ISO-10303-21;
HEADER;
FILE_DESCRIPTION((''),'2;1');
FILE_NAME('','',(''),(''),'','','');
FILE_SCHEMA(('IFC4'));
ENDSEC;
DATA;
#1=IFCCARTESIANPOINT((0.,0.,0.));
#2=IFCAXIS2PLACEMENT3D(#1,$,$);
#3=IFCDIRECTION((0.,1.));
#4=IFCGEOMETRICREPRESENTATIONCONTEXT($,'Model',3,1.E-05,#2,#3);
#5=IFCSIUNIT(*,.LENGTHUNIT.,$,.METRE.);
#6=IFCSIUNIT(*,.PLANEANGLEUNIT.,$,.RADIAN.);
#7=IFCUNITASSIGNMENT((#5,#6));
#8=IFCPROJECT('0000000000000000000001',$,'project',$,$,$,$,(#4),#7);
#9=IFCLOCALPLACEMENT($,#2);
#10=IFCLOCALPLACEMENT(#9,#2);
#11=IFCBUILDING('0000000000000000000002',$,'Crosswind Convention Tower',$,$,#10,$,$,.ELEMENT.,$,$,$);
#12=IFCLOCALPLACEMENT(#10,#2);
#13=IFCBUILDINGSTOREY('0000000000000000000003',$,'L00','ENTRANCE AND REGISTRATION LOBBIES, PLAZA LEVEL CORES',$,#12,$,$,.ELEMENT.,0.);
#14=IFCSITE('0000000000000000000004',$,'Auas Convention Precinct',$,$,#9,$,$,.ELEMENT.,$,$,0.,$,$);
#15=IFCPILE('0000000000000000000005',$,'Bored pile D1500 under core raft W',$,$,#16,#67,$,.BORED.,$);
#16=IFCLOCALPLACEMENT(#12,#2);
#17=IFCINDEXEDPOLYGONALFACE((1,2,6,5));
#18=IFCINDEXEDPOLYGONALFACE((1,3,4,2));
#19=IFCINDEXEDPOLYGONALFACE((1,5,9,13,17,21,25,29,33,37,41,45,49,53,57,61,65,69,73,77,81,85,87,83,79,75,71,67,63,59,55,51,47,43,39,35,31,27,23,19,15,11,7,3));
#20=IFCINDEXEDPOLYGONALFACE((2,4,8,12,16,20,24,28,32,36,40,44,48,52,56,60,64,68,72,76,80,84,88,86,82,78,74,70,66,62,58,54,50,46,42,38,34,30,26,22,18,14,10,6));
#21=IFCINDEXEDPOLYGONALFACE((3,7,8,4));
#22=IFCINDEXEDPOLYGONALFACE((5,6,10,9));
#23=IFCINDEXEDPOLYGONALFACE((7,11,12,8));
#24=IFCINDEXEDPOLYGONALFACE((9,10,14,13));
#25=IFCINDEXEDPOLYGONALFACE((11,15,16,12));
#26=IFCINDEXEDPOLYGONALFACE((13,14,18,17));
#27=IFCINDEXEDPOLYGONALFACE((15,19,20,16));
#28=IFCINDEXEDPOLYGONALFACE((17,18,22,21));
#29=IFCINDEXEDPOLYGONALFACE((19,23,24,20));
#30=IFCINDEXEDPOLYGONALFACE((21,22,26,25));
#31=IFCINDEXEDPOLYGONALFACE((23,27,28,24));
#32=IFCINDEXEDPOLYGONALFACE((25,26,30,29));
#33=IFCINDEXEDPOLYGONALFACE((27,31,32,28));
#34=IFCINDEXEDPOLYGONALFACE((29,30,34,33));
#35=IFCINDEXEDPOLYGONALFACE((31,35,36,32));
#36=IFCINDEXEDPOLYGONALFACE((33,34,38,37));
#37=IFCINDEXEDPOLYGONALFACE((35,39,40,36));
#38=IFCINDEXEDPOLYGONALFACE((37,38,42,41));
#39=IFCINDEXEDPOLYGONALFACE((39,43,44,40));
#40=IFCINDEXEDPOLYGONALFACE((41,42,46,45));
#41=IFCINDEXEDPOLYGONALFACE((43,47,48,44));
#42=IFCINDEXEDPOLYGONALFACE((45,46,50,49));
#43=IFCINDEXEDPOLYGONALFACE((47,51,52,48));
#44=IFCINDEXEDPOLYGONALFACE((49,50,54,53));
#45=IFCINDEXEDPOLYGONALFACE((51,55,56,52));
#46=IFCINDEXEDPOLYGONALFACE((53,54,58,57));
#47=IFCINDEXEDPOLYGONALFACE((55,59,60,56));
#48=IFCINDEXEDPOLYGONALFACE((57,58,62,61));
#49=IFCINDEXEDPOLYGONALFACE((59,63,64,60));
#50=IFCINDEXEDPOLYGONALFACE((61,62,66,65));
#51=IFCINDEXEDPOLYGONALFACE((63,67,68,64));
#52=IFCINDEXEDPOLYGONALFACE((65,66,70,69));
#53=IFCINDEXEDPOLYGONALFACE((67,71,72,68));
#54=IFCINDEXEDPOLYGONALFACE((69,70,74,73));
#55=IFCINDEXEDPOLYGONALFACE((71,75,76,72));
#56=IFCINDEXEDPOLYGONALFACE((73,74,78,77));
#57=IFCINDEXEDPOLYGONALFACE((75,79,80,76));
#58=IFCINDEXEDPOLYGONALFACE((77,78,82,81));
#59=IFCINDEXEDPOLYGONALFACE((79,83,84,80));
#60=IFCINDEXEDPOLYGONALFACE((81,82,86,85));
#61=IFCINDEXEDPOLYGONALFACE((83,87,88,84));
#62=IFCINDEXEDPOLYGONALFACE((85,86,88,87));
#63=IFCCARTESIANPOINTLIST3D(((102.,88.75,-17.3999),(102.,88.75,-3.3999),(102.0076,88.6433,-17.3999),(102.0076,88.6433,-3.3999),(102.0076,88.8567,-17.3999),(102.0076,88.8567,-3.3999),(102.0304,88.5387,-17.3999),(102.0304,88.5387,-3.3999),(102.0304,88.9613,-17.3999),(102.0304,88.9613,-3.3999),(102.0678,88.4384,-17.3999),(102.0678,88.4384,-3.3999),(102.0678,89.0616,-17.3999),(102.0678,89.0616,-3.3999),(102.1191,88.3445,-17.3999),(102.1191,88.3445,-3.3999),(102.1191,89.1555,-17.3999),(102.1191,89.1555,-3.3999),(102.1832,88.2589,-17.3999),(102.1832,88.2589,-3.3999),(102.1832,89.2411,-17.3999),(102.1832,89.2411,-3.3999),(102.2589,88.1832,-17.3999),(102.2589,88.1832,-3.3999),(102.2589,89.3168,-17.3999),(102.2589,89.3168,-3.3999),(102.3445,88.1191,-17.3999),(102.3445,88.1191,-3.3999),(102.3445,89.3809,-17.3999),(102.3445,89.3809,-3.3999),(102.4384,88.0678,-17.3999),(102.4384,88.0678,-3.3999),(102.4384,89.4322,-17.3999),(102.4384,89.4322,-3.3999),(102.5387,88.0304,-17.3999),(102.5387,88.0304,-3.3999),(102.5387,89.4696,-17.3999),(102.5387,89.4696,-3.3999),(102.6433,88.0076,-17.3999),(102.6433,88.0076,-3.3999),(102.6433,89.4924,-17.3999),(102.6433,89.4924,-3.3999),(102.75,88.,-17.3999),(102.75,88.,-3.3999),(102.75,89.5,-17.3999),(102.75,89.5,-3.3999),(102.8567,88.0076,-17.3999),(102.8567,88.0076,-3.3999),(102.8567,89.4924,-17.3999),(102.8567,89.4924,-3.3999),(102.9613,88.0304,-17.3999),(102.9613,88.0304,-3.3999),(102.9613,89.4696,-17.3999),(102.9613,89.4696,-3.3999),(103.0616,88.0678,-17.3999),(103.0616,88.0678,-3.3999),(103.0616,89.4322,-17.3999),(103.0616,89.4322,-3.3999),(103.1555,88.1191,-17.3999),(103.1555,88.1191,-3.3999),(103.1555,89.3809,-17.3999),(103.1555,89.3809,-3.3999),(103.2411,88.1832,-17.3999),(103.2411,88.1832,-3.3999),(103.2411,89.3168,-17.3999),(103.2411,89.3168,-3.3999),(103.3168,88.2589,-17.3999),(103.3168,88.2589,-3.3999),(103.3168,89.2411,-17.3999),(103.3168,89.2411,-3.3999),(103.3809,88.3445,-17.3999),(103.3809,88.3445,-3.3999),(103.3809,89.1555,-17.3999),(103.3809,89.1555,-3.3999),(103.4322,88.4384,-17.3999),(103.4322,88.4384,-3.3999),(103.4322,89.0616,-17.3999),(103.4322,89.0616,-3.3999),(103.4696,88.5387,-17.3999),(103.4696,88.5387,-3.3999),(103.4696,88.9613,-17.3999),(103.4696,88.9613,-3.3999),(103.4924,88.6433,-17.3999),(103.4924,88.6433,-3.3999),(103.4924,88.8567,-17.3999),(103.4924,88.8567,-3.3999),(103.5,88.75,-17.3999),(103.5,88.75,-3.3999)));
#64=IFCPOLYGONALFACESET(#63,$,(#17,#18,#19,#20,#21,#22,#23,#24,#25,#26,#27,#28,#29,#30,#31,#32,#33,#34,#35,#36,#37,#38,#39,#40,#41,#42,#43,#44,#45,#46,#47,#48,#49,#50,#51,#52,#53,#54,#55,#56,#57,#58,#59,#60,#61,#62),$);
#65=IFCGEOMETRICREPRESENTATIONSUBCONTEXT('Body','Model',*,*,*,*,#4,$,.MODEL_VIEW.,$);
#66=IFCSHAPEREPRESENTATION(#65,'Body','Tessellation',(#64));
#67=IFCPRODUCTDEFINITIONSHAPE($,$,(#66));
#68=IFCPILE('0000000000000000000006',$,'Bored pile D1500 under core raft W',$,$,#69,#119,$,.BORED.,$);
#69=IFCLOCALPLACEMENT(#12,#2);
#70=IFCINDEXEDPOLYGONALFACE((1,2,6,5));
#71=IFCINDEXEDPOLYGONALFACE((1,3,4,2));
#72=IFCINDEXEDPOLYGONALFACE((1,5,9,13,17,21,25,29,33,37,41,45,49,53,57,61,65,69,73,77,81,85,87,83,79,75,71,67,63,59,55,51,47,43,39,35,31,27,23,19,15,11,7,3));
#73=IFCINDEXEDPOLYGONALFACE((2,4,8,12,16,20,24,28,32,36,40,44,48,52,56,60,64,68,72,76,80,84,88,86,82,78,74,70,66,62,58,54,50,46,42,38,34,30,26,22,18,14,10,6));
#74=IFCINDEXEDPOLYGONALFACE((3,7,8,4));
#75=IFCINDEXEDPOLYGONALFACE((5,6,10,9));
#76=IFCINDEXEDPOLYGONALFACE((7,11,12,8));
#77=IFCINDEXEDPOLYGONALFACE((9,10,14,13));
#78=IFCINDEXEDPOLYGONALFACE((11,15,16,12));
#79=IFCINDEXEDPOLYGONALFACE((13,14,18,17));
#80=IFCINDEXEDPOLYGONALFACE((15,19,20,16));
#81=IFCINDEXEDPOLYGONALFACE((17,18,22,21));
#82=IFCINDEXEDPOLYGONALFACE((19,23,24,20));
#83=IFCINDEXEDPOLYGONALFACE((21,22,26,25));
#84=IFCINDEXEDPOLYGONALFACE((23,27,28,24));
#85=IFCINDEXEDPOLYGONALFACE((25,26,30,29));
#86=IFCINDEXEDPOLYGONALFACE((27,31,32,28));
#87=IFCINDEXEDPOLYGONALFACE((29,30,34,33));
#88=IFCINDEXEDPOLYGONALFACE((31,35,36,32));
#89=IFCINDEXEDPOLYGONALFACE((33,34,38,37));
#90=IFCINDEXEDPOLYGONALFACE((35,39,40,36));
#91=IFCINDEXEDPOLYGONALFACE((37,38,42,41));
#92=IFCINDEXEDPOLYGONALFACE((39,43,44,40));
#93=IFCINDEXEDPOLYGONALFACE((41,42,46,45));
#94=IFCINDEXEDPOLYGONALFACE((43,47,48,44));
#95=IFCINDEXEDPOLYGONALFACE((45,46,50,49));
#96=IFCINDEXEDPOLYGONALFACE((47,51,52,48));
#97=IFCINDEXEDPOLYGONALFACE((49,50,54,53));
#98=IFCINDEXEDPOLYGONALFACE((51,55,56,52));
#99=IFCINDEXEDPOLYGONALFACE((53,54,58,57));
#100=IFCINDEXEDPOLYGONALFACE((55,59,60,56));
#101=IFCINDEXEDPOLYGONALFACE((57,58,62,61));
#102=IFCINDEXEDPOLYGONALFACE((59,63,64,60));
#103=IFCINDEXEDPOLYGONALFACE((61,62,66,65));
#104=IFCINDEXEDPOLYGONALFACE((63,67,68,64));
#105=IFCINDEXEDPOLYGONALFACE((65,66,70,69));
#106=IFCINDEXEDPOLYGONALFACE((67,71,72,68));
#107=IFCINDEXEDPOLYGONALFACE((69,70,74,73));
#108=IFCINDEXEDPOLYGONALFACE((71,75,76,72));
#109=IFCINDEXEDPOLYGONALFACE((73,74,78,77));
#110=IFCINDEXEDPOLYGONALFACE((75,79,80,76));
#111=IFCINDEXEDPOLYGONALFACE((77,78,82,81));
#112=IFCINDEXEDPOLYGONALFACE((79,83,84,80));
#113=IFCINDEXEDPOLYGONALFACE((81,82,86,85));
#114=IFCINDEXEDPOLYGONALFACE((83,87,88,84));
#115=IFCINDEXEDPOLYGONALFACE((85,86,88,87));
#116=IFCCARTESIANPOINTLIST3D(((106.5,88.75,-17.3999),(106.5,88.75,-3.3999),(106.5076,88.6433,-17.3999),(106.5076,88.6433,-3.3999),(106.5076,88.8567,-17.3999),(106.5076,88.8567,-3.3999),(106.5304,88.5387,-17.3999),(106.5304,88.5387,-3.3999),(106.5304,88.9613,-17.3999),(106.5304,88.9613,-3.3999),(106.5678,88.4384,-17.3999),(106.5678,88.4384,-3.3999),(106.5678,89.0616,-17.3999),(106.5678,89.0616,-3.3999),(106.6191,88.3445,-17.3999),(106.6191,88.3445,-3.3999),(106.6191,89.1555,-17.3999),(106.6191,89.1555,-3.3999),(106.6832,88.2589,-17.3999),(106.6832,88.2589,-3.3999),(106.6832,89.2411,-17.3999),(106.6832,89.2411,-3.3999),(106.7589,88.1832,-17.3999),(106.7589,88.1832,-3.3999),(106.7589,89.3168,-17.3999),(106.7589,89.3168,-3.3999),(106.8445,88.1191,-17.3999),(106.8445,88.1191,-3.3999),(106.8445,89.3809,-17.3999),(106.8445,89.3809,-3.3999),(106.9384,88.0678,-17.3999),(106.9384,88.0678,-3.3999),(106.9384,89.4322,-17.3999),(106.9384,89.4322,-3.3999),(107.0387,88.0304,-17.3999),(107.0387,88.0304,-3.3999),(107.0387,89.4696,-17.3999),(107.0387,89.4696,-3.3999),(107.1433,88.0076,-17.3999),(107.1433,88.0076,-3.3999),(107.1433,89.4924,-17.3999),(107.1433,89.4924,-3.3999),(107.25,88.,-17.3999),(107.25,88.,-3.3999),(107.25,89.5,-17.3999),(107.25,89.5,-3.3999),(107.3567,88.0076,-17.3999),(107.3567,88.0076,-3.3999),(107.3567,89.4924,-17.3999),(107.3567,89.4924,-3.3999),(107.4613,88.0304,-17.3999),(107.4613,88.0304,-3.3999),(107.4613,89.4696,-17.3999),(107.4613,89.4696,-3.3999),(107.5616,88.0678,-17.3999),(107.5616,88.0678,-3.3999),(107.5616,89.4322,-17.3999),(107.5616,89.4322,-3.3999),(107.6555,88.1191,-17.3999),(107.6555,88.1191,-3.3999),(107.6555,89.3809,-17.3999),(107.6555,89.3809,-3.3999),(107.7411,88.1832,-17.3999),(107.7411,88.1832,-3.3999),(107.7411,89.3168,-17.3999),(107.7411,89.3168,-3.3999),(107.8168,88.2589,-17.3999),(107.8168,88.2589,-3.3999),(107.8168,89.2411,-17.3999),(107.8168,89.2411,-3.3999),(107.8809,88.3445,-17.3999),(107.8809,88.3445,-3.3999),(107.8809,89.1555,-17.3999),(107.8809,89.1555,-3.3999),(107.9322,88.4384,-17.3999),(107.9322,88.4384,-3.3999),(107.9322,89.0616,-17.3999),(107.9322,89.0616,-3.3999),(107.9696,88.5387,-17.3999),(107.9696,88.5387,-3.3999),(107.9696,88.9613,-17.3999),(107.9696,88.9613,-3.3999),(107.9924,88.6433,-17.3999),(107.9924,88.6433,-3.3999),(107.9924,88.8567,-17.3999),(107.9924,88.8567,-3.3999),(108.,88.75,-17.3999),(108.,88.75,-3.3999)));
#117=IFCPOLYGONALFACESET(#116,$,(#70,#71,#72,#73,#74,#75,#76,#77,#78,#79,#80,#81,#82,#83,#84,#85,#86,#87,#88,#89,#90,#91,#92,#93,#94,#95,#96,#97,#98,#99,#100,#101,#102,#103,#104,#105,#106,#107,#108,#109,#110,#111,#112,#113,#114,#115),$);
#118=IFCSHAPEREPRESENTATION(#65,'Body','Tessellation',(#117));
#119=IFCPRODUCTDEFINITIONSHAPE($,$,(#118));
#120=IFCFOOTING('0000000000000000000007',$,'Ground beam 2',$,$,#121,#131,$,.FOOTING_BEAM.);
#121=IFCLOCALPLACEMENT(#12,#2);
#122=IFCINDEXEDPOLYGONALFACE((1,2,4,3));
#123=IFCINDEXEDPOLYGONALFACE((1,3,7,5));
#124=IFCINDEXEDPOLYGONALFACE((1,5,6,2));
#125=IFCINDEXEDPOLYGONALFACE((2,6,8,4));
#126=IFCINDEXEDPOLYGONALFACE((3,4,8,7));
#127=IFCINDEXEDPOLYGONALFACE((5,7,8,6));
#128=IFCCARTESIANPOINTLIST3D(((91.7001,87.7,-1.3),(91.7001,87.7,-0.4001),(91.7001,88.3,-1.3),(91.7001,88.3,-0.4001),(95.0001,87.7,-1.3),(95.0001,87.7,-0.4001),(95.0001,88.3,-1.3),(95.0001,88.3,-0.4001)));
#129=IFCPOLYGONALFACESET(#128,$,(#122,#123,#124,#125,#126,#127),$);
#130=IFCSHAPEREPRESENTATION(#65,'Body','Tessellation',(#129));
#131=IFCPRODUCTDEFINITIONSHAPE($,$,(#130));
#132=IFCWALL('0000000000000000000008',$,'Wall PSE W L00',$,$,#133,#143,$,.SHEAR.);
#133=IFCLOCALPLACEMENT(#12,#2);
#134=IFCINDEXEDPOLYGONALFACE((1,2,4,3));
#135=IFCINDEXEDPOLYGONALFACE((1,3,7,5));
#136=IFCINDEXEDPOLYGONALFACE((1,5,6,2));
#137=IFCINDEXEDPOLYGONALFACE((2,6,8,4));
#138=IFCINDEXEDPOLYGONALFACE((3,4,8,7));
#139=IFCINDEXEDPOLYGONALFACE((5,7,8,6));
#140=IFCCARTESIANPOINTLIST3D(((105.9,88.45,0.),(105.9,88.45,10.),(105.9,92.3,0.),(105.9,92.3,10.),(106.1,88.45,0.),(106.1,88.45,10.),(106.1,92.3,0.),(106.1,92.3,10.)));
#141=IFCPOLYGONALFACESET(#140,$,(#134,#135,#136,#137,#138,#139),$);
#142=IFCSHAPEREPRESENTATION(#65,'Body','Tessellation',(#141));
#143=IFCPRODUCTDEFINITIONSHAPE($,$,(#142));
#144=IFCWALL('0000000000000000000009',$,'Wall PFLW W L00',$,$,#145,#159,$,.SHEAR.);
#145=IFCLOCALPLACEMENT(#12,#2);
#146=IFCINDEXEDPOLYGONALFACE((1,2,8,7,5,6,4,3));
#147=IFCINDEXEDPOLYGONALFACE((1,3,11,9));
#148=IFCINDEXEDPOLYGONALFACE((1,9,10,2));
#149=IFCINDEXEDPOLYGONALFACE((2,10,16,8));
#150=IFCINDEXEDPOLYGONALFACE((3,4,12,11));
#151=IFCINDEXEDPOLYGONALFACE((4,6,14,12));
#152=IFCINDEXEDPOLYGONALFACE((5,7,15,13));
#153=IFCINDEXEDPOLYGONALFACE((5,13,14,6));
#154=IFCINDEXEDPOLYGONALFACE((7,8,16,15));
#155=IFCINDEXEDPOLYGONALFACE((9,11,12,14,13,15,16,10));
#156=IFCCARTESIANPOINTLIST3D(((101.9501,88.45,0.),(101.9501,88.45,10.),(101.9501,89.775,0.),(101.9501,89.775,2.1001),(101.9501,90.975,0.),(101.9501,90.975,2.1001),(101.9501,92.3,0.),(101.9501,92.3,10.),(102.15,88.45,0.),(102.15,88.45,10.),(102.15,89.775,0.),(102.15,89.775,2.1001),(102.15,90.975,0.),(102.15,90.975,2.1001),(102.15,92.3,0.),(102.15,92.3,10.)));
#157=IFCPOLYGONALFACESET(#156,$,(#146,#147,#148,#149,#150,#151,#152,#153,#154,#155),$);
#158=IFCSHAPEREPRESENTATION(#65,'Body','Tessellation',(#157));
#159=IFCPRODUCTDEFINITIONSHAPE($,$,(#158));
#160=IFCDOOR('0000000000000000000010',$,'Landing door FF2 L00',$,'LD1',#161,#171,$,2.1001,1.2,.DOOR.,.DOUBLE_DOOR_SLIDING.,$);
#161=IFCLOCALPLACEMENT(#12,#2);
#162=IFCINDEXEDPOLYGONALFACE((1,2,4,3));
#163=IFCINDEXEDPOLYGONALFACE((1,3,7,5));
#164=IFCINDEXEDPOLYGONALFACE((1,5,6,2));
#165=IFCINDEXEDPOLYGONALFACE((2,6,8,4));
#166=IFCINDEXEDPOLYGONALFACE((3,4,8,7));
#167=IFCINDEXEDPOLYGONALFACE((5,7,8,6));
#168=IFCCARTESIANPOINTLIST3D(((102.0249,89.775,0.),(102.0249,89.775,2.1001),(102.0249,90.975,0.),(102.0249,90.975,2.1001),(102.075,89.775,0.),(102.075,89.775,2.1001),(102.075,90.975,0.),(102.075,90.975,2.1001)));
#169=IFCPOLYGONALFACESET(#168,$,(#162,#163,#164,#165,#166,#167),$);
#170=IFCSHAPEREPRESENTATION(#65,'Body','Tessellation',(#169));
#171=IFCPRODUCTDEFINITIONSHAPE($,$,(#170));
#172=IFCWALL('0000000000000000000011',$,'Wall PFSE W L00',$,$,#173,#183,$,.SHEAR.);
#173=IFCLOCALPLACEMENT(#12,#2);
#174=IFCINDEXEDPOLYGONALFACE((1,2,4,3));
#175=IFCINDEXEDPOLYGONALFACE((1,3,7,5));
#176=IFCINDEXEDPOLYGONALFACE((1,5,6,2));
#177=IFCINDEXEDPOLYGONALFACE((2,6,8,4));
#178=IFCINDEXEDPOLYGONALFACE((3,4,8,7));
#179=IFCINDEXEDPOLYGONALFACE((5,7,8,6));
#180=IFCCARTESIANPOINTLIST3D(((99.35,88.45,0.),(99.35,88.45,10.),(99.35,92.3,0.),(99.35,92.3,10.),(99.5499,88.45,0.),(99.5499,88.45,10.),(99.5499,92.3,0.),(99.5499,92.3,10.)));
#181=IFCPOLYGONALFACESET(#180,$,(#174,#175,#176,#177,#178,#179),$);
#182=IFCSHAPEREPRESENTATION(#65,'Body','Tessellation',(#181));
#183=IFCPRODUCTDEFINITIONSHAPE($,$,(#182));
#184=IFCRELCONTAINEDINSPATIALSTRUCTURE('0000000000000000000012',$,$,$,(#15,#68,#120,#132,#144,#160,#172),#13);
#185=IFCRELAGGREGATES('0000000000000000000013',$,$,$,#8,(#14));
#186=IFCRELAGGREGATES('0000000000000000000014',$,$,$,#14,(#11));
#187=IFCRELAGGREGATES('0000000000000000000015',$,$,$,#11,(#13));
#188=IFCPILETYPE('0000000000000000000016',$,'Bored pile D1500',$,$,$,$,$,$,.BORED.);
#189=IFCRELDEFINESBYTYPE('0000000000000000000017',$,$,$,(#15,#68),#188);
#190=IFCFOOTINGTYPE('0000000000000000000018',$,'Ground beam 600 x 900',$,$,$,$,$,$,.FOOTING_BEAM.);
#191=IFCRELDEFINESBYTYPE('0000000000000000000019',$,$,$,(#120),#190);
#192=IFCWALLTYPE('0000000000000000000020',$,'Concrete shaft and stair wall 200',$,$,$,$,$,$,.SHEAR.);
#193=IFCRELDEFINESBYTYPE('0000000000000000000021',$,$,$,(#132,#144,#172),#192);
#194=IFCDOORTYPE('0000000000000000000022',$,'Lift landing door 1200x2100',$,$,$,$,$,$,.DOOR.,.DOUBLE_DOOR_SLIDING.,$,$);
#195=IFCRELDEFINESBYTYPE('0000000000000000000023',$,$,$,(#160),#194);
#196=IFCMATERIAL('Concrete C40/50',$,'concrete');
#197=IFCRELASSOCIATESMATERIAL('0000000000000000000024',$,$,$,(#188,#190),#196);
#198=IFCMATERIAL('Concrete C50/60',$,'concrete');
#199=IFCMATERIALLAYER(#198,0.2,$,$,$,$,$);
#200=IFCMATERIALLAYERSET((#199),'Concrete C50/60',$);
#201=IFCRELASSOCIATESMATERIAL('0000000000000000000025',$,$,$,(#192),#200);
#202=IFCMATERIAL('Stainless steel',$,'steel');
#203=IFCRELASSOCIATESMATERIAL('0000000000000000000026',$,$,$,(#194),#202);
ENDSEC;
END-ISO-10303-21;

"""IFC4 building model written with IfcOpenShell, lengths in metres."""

from ifc_helpers import new_model, si_unit, direction, frame, frame_2d, origin, origin_2d, place, context, subcontext, project, spatial, rectangle, circle, extrude, material, layer, layer_set, material_profile, profile_set, type_object, element, fill, save


model = new_model("IFC4")

# Units and contexts
model_context = context("Model", 3, precision=1e-05, world=origin(), true_north=direction((0.0, 1.0)))
body_context = subcontext(model_context, "Body", "Model", "MODEL_VIEW")
ifc_project = project(units=[si_unit("LENGTHUNIT", "METRE"), si_unit("PLANEANGLEUNIT", "RADIAN")], contexts=[model_context])

# Site, building, storey
site_placement = place(None, origin())
site = spatial("IfcSite", under=ifc_project, at=site_placement, Name="Auas Convention Precinct", CompositionType="ELEMENT", RefElevation=0.0)
building_placement = place(site_placement, origin())
building = spatial("IfcBuilding", under=site, at=building_placement, Name="Crosswind Convention Tower", CompositionType="ELEMENT")
storey_placement = place(building_placement, origin())
storey = spatial("IfcBuildingStorey", under=building, at=storey_placement, Name="L00", Description="ENTRANCE AND REGISTRATION LOBBIES, PLAZA LEVEL CORES", CompositionType="ELEMENT", Elevation=0.0)

# Piles
ifc_material_1 = material(Name="Concrete C40/50", Category="concrete")
ifc_material_profile_1 = material_profile(ifc_material_1, circle(Radius=0.75, at=origin_2d()), Name="Bored pile D1500")
ifc_profile_set_1 = profile_set([ifc_material_profile_1], Name="Concrete C40/50")
pile_type_1 = type_object("IfcPileType", Name="Bored pile D1500", PredefinedType="BORED", material=ifc_profile_set_1)
for number, where, z_axis, x_axis, name in (
    (1, (102.75, 88.75, -3.3999), (0.0, 0.0, -1.0), (1.0, 0.0, 0.0), "Bored pile D1500 under core raft W"),
    (2, (107.25, 88.75, -3.3999), (0.0, 0.0, -1.0), (1.0, 0.0, 0.0), "Bored pile D1500 under core raft W"),
):
    element("IfcPile", number, at=place(storey_placement, frame(where, z_axis=z_axis, x_axis=x_axis)), inside=storey, type_object=pile_type_1, Name=name, PredefinedType="BORED", context=body_context, shape_type="SweptSolid", body=[
        extrude(circle(Radius=0.75, at=origin_2d()), origin(), (0.0, 0.0, 1.0), 14.0),
    ])

# Footing
footing_type = type_object("IfcFootingType", Name="Ground beam 600 x 900", PredefinedType="FOOTING_BEAM", material=ifc_material_1)
footing_placement = place(storey_placement, frame((93.3501, 88.0, -1.3), z_axis=(0.0, 0.0, 1.0), x_axis=(1.0, 0.0, 0.0)))
element("IfcFooting", 3, at=footing_placement, inside=storey, type_object=footing_type, Name="Ground beam 2", PredefinedType="FOOTING_BEAM", context=body_context, shape_type="SweptSolid", body=[
    extrude(rectangle(XDim=3.3, YDim=0.6001, at=origin_2d()), origin(), (0.0, 0.0, 1.0), 0.8999),
])

# Wall
ifc_material_2 = material(Name="Concrete C50/60", Category="concrete")
ifc_layer_1 = layer(ifc_material_2, 0.2)
ifc_layer_set_1 = layer_set([ifc_layer_1], Name="Concrete C50/60")
wall_type_1 = type_object("IfcWallType", Name="Concrete shaft and stair wall 200", PredefinedType="SHEAR", material=ifc_layer_set_1)
wall_1_placement = place(storey_placement, frame((106.0, 92.3, 0.0), z_axis=(0.0, 0.0, 1.0), x_axis=(0.0, -1.0, 0.0)))
element("IfcWall", 4, at=wall_1_placement, inside=storey, type_object=wall_type_1, Name="Wall PSE W L00", PredefinedType="SHEAR", context=body_context, shape_type="SweptSolid", body=[
    extrude(rectangle(XDim=3.8501, YDim=0.2, at=frame_2d((1.925, 0.0))), origin(), (0.0, 0.0, 1.0), 10.0),
])

# Wall, opening, door
wall_2_placement = place(storey_placement, frame((102.05, 92.3, 0.0), z_axis=(0.0, 0.0, 1.0), x_axis=(0.0, -1.0, 0.0)))
wall_2 = element("IfcWall", 5, at=wall_2_placement, inside=storey, type_object=wall_type_1, Name="Wall PFLW W L00", PredefinedType="SHEAR", context=body_context, shape_type="SweptSolid", body=[
    extrude(rectangle(XDim=3.8501, YDim=0.2, at=frame_2d((1.925, 0.0))), origin(), (0.0, 0.0, 1.0), 10.0),
])
opening_1_placement = place(wall_2_placement, frame((1.325, 0.0, 0.0)))
opening_1 = element("IfcOpeningElement", 6, at=opening_1_placement, cuts=wall_2, PredefinedType="OPENING", context=body_context, shape_type="SweptSolid", body=[
    extrude(rectangle(XDim=1.2, YDim=2.1001, at=frame_2d((0.6001, 1.05))), frame((0.0, 0.1099, 0.0), z_axis=(0.0, -1.0, 0.0), x_axis=(1.0, 0.0, 0.0)), (0.0, 0.0, 1.0), 0.22),
])
ifc_material_3 = material(Name="Stainless steel", Category="steel")
door_type_1 = type_object("IfcDoorType", Name="Lift landing door 1200x2100", OperationType="DOUBLE_DOOR_SLIDING", PredefinedType="DOOR", material=ifc_material_3)
door_1_placement = place(opening_1_placement, origin())
door_1 = element("IfcDoor", 7, at=door_1_placement, inside=storey, type_object=door_type_1, Name="Landing door FF2 L00", ObjectType="LD1", OperationType="DOUBLE_DOOR_SLIDING", OverallHeight=2.1001, OverallWidth=1.2, PredefinedType="DOOR", context=body_context, shape_type="SweptSolid", body=[
    extrude(rectangle(XDim=1.2, YDim=2.1001, at=frame_2d((0.6001, 1.05))), frame((0.0, 0.0249, 0.0), z_axis=(0.0, -1.0, 0.0), x_axis=(1.0, 0.0, 0.0)), (0.0, 0.0, 1.0), 0.05),
])
fill(opening_1, door_1)

# Wall
wall_3_placement = place(storey_placement, frame((99.45, 92.3, 0.0), z_axis=(0.0, 0.0, 1.0), x_axis=(0.0, -1.0, 0.0)))
element("IfcWall", 8, at=wall_3_placement, inside=storey, type_object=wall_type_1, Name="Wall PFSE W L00", PredefinedType="SHEAR", context=body_context, shape_type="SweptSolid", body=[
    extrude(rectangle(XDim=3.8501, YDim=0.2, at=frame_2d((1.925, 0.0))), origin(), (0.0, 0.0, 1.0), 10.0),
])

save(model, "model.ifc")
